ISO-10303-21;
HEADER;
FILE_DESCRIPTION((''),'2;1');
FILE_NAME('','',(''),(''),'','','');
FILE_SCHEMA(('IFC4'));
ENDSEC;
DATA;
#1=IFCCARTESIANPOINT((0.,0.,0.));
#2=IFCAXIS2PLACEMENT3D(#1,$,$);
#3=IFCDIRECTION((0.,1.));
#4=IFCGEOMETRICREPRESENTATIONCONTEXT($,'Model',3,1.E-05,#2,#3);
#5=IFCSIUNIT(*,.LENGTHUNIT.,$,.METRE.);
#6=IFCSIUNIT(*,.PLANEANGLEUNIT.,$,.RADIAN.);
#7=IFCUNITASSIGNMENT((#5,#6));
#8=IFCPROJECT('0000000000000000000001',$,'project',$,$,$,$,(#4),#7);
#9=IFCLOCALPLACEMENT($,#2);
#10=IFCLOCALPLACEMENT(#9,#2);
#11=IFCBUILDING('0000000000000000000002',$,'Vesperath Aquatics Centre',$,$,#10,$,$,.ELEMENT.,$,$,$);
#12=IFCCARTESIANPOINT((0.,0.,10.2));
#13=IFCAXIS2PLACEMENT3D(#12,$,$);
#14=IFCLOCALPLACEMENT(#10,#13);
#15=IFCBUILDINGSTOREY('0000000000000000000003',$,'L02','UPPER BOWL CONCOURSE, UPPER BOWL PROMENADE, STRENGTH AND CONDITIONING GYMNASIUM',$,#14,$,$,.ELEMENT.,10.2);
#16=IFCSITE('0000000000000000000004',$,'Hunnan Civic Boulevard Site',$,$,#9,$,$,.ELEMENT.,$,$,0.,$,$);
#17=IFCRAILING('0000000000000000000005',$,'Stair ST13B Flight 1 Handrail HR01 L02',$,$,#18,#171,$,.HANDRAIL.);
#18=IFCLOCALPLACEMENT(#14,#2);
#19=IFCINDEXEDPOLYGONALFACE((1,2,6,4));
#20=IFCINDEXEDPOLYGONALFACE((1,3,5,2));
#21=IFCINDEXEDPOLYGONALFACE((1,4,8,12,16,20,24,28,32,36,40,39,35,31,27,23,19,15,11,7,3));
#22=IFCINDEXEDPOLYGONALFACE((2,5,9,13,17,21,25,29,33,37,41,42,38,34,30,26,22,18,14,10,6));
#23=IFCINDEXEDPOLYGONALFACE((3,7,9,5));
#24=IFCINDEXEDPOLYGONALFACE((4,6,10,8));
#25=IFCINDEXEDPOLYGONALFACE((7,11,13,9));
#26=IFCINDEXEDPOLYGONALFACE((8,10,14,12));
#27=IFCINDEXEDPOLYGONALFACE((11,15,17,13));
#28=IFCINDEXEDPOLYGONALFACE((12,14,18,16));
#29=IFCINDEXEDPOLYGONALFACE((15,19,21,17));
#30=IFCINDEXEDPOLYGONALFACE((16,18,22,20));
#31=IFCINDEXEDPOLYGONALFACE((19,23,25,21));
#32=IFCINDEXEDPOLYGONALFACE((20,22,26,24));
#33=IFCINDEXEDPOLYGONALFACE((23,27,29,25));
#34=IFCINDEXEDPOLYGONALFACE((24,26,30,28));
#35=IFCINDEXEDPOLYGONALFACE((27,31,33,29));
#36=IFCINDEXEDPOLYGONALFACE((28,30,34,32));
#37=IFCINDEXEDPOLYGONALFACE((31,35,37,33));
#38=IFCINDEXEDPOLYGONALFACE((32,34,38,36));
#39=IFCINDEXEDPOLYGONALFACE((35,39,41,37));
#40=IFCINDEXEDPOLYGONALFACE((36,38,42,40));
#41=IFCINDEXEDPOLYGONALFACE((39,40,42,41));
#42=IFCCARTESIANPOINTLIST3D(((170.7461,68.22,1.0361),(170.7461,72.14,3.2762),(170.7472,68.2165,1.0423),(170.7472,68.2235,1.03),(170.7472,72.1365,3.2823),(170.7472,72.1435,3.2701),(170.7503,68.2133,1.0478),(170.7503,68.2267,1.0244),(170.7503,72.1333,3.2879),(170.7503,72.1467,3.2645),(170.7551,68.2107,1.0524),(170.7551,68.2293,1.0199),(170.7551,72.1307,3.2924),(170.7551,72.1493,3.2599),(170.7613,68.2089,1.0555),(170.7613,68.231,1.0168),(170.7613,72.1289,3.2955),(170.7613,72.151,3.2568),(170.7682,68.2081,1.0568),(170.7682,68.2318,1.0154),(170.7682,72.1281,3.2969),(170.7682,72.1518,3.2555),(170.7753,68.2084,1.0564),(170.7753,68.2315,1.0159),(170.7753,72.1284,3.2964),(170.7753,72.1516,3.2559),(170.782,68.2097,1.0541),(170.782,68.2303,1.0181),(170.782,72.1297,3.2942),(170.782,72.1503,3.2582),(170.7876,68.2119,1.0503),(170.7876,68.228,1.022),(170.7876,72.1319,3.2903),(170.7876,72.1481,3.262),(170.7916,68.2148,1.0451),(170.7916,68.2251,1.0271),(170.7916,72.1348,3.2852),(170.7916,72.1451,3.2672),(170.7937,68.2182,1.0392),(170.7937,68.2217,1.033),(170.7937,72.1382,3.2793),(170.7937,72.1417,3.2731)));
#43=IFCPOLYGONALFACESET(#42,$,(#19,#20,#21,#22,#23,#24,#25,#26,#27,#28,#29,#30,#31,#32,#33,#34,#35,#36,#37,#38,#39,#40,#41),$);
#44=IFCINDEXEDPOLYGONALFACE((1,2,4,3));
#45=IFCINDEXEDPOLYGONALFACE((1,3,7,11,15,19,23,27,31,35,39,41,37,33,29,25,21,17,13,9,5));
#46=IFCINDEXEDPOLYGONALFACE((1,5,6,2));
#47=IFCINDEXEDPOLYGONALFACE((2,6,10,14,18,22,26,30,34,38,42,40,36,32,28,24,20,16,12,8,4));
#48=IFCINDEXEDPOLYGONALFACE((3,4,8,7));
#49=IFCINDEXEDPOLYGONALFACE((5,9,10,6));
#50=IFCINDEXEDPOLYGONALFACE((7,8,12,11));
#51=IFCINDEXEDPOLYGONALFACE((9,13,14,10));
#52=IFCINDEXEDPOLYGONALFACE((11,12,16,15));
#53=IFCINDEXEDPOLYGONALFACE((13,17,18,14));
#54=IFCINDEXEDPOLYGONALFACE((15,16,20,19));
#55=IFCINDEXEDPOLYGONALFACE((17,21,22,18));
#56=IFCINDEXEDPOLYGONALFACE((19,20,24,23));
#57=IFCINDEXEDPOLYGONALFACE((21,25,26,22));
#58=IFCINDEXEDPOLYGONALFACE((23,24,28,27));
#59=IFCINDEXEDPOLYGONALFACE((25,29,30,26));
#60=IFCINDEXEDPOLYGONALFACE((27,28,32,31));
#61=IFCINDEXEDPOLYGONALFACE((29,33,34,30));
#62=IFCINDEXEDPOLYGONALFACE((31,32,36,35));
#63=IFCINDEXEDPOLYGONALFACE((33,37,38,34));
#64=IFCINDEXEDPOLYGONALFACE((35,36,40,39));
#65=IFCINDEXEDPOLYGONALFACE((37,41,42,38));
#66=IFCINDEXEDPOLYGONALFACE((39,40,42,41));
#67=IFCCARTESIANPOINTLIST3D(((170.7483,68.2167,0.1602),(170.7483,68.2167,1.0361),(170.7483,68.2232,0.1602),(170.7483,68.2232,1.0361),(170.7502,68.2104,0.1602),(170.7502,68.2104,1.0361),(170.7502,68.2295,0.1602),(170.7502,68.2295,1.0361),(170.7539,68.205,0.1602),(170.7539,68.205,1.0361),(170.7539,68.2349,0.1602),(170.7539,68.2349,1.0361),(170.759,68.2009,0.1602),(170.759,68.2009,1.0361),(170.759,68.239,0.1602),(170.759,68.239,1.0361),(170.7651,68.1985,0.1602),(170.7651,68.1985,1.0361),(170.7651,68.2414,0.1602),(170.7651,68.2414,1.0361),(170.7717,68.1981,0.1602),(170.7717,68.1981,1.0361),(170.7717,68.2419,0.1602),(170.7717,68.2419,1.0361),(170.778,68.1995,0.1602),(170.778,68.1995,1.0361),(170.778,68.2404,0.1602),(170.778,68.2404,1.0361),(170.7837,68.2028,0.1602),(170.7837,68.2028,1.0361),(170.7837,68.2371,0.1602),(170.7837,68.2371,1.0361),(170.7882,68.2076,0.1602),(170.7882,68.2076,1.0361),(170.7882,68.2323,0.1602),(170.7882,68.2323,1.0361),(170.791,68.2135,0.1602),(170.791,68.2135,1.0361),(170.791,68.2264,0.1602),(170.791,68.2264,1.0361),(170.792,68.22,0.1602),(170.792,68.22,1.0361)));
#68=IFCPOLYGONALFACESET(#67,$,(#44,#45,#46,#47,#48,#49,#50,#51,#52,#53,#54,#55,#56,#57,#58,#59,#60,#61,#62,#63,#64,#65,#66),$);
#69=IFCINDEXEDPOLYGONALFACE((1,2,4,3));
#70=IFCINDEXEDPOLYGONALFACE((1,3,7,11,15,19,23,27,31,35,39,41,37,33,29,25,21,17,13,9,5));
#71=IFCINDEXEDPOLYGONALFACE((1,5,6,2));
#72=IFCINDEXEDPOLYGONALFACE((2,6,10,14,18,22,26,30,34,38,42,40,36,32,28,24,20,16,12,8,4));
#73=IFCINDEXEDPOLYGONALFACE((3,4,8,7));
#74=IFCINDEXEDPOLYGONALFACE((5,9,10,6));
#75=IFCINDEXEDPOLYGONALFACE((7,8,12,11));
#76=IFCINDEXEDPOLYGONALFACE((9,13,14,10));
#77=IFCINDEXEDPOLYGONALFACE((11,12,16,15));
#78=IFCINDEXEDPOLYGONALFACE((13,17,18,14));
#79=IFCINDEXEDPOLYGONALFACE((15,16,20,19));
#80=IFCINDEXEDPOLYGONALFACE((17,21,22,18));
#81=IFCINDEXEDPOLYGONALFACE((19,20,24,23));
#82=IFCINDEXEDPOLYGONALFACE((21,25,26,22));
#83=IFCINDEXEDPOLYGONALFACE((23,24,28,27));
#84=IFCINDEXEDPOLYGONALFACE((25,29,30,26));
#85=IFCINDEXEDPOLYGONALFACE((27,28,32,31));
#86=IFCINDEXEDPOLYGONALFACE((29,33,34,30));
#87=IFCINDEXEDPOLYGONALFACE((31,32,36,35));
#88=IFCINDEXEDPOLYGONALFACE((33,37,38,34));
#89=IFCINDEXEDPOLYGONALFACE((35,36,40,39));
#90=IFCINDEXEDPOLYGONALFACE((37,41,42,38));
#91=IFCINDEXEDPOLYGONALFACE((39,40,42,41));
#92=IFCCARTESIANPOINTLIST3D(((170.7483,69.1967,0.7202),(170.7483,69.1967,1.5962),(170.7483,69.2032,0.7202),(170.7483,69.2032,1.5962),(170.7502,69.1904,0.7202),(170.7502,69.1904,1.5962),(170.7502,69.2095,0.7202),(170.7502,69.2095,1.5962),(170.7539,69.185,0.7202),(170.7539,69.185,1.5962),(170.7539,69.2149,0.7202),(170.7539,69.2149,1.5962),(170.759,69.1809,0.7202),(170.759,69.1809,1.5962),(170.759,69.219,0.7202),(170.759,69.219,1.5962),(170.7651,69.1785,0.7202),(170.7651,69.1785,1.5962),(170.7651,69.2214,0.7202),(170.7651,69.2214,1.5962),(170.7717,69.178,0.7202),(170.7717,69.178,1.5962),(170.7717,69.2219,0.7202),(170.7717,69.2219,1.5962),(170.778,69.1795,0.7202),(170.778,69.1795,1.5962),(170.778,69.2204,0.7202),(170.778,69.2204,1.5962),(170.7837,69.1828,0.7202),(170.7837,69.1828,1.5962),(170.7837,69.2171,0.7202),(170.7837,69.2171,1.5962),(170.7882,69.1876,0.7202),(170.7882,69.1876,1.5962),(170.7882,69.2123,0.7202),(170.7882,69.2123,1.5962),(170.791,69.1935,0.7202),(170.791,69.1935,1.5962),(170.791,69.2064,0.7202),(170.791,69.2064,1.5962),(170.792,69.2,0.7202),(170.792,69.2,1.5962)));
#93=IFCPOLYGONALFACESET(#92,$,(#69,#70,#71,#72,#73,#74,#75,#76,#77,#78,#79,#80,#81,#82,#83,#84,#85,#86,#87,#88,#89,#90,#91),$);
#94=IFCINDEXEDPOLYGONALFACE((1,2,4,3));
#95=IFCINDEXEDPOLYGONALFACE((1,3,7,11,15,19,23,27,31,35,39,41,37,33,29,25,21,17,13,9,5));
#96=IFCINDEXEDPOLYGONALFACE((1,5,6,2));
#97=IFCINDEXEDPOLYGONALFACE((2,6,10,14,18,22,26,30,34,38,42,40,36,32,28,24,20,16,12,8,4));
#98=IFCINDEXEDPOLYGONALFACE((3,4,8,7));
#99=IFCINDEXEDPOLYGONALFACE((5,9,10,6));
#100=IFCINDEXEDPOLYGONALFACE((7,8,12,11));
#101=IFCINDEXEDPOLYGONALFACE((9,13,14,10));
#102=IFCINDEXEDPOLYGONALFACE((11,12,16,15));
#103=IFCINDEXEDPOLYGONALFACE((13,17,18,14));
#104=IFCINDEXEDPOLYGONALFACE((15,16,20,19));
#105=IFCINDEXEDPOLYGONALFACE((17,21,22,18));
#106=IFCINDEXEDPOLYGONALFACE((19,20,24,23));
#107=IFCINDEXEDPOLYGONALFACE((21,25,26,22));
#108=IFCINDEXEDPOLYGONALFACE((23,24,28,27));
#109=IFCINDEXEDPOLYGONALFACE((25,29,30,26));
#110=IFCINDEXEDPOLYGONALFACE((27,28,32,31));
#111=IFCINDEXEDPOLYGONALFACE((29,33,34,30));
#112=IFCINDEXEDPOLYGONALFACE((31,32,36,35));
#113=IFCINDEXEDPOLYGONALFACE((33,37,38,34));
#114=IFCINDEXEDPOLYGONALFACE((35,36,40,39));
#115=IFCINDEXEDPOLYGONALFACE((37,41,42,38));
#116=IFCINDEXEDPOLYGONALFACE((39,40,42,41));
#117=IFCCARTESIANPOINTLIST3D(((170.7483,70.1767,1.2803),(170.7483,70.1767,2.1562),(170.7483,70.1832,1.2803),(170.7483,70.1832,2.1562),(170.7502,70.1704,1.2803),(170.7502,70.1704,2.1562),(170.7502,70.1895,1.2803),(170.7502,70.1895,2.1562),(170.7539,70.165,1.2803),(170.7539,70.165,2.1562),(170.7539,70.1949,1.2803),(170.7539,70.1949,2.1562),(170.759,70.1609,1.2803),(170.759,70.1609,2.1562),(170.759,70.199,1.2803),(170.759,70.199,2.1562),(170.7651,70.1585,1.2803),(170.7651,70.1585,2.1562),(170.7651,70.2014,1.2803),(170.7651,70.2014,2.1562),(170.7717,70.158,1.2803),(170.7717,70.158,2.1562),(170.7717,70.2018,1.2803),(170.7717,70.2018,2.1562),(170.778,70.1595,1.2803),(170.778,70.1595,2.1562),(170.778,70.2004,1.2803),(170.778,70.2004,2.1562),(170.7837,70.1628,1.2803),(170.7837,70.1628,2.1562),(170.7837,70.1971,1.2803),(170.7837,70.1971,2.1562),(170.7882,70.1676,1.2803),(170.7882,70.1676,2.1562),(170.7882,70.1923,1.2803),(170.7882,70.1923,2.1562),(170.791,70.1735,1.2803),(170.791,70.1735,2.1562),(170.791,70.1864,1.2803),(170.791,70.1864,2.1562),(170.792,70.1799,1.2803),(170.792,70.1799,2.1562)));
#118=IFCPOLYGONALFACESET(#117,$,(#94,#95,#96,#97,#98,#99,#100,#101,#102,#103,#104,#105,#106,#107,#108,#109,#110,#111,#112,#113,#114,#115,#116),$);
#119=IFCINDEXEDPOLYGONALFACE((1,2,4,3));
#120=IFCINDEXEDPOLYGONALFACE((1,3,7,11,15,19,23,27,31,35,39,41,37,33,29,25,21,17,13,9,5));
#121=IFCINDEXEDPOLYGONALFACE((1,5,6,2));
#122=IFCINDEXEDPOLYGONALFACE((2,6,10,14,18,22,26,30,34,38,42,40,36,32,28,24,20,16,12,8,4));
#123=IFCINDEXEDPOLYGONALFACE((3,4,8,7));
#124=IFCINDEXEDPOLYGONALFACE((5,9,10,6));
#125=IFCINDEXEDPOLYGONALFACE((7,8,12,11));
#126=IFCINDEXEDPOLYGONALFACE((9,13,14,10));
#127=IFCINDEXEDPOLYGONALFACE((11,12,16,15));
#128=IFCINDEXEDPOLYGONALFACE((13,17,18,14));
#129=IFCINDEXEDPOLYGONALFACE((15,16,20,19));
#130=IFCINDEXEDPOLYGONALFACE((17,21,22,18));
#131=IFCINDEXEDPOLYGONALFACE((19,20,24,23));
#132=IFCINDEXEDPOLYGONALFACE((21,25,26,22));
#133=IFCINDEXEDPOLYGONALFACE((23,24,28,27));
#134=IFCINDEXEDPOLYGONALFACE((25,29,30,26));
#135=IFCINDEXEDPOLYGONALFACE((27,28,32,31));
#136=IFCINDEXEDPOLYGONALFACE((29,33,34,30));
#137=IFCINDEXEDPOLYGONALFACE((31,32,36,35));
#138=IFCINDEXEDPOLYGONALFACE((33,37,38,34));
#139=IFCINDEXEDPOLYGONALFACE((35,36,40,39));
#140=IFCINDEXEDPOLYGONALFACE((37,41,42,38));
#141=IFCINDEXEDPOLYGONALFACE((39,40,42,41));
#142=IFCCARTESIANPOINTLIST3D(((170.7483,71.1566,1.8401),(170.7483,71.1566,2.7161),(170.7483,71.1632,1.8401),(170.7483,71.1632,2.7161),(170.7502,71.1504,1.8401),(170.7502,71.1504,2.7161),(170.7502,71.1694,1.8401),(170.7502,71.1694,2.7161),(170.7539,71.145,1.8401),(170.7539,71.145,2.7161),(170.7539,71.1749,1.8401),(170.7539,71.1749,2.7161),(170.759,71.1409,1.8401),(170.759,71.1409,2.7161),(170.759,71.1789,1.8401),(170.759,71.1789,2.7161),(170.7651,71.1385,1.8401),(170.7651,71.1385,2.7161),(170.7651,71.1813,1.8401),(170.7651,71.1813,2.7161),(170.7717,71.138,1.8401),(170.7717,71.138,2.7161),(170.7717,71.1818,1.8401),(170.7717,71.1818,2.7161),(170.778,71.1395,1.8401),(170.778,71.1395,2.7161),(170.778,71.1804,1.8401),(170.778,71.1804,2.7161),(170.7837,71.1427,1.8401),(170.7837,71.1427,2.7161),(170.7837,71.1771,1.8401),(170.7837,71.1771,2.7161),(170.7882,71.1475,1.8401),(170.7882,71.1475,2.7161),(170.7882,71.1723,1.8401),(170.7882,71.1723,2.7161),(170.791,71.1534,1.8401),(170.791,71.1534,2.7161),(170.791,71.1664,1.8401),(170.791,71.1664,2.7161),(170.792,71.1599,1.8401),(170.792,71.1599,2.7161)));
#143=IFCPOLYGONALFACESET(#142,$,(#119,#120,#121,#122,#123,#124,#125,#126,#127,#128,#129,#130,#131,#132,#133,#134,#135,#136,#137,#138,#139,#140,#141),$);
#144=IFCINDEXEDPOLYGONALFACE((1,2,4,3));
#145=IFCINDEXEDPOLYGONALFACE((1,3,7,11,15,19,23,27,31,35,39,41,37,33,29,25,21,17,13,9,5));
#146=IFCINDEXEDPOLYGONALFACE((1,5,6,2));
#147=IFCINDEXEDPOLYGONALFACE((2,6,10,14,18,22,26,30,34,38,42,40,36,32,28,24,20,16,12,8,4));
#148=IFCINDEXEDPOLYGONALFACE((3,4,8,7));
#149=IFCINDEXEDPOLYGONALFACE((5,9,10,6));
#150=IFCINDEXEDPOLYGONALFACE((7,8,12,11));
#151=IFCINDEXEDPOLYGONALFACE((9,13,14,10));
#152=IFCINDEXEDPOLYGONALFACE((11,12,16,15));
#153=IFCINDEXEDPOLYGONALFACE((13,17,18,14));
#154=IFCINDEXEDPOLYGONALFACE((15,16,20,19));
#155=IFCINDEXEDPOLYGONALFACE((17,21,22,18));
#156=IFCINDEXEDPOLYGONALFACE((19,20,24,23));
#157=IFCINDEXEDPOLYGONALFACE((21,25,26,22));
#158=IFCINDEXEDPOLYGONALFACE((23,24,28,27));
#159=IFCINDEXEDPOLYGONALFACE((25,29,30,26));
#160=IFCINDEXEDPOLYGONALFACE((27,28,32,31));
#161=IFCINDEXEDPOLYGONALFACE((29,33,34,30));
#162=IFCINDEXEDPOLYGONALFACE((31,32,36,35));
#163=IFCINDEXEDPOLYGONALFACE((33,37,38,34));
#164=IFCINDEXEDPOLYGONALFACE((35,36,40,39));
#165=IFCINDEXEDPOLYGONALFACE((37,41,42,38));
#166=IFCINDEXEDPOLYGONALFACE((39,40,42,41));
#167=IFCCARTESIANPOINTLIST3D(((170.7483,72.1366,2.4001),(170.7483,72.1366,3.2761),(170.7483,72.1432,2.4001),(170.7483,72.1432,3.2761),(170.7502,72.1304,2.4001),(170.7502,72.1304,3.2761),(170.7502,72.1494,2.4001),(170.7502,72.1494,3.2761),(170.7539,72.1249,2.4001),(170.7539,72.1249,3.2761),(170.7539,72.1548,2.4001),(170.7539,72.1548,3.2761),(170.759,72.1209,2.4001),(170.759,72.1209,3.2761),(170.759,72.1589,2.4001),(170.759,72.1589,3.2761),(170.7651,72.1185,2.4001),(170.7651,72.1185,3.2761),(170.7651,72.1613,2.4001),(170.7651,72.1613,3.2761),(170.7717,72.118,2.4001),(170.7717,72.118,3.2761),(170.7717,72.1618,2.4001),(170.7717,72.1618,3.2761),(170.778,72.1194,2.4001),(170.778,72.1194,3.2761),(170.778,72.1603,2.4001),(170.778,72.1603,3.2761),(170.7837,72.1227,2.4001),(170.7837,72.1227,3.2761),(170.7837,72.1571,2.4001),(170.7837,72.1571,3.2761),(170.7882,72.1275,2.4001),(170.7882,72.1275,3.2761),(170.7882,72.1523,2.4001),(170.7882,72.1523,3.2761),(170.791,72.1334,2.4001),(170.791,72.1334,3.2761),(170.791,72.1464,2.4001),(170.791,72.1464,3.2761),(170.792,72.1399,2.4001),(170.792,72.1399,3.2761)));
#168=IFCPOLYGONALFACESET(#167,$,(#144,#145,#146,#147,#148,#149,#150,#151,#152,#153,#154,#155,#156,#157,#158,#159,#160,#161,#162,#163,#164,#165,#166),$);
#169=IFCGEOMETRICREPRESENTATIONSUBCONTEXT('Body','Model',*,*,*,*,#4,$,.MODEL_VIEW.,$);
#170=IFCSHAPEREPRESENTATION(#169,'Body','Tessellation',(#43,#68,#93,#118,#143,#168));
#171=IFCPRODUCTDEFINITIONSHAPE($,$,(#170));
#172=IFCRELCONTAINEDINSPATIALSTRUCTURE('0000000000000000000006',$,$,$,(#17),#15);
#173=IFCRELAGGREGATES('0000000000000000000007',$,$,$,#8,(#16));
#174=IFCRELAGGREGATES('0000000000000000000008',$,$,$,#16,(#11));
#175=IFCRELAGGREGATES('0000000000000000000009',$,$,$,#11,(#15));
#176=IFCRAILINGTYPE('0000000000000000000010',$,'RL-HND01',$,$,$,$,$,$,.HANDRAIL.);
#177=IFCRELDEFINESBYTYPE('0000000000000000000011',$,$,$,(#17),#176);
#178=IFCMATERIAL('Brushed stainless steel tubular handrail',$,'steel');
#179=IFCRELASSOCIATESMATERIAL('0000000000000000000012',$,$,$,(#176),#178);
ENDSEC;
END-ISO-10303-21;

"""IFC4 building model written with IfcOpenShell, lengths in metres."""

from ifc_helpers import new_model, si_unit, direction, frame, origin, origin_2d, place, context, subcontext, project, spatial, circle, extrude, material, type_object, element, save


model = new_model("IFC4")

# Units and contexts
model_context = context("Model", 3, precision=1e-05, world=origin(), true_north=direction((0.0, 1.0)))
body_context = subcontext(model_context, "Body", "Model", "MODEL_VIEW")
ifc_project = project(units=[si_unit("LENGTHUNIT", "METRE"), si_unit("PLANEANGLEUNIT", "RADIAN")], contexts=[model_context])

# Site, building, storey
site_placement = place(None, origin())
site = spatial("IfcSite", under=ifc_project, at=site_placement, Name="Hunnan Civic Boulevard Site", CompositionType="ELEMENT", RefElevation=0.0)
building_placement = place(site_placement, origin())
building = spatial("IfcBuilding", under=site, at=building_placement, Name="Vesperath Aquatics Centre", CompositionType="ELEMENT")
storey_placement = place(building_placement, frame((0.0, 0.0, 10.2)))
storey = spatial("IfcBuildingStorey", under=building, at=storey_placement, Name="L02", Description="UPPER BOWL CONCOURSE, UPPER BOWL PROMENADE, STRENGTH AND CONDITIONING GYMNASIUM", CompositionType="ELEMENT", Elevation=10.2)

# Railing
ifc_material_1 = material(Name="Brushed stainless steel tubular handrail", Category="steel")
railing_type_1 = type_object("IfcRailingType", Name="RL-HND01", PredefinedType="HANDRAIL", material=ifc_material_1)
railing_1_placement = place(storey_placement, frame((170.77, 68.22, 0.1602)))
element("IfcRailing", 1, at=railing_1_placement, inside=storey, type_object=railing_type_1, Name="Stair ST13B Flight 1 Handrail HR01 L02", PredefinedType="HANDRAIL", context=body_context, shape_type="SweptSolid", body=[
    extrude(circle(Radius=0.0239, at=origin_2d()), frame((0.0, 0.0, 0.876), z_axis=(0.0, 0.86824, 0.496145), x_axis=(-1.0, 0.0, 0.0)), (0.0, 0.0, 1.0), 4.5149),
    extrude(circle(Radius=0.022, at=origin_2d()), origin(), (0.0, 0.0, 1.0), 0.876),
    extrude(circle(Radius=0.022, at=origin_2d()), frame((0.0, 0.98, 0.5601)), (0.0, 0.0, 1.0), 0.876),
    extrude(circle(Radius=0.022, at=origin_2d()), frame((0.0, 1.96, 1.1201)), (0.0, 0.0, 1.0), 0.876),
    extrude(circle(Radius=0.022, at=origin_2d()), frame((0.0, 2.9399, 1.6799)), (0.0, 0.0, 1.0), 0.876),
    extrude(circle(Radius=0.022, at=origin_2d()), frame((0.0, 3.9199, 2.24)), (0.0, 0.0, 1.0), 0.876),
])

save(model, "model.ifc")
